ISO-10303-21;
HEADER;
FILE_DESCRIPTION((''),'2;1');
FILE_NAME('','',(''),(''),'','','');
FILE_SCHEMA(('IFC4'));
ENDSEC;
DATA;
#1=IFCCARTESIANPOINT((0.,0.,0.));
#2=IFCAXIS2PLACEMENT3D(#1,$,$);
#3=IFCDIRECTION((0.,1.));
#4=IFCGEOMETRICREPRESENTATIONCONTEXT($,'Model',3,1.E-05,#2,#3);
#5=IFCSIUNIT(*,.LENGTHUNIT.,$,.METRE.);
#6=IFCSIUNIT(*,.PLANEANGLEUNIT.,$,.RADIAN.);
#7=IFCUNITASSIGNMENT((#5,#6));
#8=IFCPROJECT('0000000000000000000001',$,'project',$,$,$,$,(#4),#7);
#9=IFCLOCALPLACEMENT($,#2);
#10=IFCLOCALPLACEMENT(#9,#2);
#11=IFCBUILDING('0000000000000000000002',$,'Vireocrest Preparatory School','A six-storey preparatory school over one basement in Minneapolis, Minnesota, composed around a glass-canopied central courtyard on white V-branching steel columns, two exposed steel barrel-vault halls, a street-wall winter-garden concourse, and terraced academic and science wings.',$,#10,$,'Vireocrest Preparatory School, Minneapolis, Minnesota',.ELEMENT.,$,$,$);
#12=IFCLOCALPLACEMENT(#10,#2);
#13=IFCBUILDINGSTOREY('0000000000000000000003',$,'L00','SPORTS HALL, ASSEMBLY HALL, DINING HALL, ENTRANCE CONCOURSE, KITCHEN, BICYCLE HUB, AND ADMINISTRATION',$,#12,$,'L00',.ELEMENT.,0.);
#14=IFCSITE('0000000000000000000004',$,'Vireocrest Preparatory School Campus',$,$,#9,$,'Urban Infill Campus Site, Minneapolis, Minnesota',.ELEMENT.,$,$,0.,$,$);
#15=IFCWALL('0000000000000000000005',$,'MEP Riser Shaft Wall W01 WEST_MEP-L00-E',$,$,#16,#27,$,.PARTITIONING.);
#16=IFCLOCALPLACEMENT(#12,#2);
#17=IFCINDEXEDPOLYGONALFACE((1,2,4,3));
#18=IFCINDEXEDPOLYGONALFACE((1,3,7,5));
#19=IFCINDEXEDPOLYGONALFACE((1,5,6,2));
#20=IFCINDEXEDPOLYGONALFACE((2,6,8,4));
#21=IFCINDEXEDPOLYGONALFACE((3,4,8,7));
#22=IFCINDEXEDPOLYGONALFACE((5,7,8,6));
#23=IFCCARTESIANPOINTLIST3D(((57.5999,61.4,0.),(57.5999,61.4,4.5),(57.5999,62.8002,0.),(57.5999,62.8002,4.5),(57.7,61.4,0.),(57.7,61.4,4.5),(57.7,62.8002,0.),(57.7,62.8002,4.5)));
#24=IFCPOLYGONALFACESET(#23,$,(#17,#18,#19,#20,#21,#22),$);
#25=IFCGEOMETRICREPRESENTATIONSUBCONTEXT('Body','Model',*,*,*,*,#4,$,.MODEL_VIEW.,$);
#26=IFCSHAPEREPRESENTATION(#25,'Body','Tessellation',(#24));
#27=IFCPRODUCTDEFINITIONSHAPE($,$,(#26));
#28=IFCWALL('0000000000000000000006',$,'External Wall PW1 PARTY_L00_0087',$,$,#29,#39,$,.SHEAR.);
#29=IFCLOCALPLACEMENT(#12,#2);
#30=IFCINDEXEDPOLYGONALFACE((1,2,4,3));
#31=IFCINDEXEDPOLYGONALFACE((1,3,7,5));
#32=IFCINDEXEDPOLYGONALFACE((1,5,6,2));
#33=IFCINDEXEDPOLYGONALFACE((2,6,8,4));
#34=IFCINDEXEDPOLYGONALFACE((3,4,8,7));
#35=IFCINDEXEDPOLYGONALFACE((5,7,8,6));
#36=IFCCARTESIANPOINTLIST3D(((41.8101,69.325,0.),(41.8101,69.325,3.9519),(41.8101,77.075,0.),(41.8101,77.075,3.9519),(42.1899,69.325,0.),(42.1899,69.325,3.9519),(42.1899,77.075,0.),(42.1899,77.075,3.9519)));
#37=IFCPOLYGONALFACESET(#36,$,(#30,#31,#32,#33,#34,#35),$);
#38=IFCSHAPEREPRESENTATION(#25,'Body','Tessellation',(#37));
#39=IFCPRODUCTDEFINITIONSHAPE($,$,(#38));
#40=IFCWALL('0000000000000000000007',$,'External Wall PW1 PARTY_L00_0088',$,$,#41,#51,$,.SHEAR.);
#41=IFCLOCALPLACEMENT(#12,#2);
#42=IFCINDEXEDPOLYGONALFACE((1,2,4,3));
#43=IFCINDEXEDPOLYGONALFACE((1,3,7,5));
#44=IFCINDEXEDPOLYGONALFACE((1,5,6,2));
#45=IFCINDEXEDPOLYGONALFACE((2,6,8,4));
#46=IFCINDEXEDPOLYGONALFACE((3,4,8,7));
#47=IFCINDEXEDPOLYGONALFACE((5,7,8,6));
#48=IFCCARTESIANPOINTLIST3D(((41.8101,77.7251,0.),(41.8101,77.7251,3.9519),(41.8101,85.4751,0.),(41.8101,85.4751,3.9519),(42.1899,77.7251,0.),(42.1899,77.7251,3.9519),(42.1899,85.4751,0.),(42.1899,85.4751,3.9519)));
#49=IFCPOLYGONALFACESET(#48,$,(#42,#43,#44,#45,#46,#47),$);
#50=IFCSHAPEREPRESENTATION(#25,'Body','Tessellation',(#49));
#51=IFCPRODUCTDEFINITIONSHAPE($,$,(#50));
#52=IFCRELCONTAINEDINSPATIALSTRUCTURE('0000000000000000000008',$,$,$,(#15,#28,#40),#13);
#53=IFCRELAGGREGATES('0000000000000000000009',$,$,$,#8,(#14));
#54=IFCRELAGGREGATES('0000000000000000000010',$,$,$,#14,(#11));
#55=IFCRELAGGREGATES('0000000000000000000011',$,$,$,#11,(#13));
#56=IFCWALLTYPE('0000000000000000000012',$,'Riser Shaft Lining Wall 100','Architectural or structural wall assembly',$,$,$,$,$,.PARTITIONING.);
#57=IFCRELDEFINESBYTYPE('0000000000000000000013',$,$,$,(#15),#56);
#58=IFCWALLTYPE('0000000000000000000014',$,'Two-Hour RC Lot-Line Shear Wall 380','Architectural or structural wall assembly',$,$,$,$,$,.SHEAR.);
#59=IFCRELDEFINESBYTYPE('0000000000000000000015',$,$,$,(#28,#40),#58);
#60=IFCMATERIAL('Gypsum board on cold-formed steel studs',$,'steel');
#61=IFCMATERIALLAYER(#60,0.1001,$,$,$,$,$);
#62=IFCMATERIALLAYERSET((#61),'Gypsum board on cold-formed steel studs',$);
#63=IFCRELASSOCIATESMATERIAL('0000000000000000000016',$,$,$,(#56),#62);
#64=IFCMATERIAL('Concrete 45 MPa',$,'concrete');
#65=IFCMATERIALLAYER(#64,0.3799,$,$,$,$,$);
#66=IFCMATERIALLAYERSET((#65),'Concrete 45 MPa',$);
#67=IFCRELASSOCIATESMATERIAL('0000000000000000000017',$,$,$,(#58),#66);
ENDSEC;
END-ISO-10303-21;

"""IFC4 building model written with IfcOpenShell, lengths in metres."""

from ifc_helpers import new_model, si_unit, direction, frame, frame_2d, origin, place, context, subcontext, project, spatial, rectangle, extrude, material, layer, layer_set, type_object, element, save


model = new_model("IFC4")

# Units and contexts
model_context = context("Model", 3, precision=1e-05, world=origin(), true_north=direction((0.0, 1.0)))
body_context = subcontext(model_context, "Body", "Model", "MODEL_VIEW")
ifc_project = project(units=[si_unit("LENGTHUNIT", "METRE"), si_unit("PLANEANGLEUNIT", "RADIAN")], contexts=[model_context])

# Site, building, storey
site_placement = place(None, origin())
site = spatial("IfcSite", under=ifc_project, at=site_placement, Name="Vireocrest Preparatory School Campus", LongName="Urban Infill Campus Site, Minneapolis, Minnesota", CompositionType="ELEMENT", RefElevation=0.0)
building_placement = place(site_placement, origin())
building = spatial("IfcBuilding", under=site, at=building_placement, Name="Vireocrest Preparatory School", Description="A six-storey preparatory school over one basement in Minneapolis, Minnesota, composed around a glass-canopied central courtyard on white V-branching steel columns, two exposed steel barrel-vault halls, a street-wall winter-garden concourse, and terraced academic and science wings.", LongName="Vireocrest Preparatory School, Minneapolis, Minnesota", CompositionType="ELEMENT")
storey_placement = place(building_placement, origin())
storey = spatial("IfcBuildingStorey", under=building, at=storey_placement, Name="L00", Description="SPORTS HALL, ASSEMBLY HALL, DINING HALL, ENTRANCE CONCOURSE, KITCHEN, BICYCLE HUB, AND ADMINISTRATION", LongName="L00", CompositionType="ELEMENT", Elevation=0.0)

# Shared definitions
ifc_material_1 = material(Name="Concrete 45 MPa", Category="concrete")

# Shared definitions
ifc_material_2 = material(Name="Gypsum board on cold-formed steel studs", Category="steel")

# Shared definitions
ifc_layer_1 = layer(ifc_material_2, 0.1001)
ifc_layer_set_1 = layer_set([ifc_layer_1], Name="Gypsum board on cold-formed steel studs")
wall_type_1 = type_object("IfcWallType", Name="Riser Shaft Lining Wall 100", Description="Architectural or structural wall assembly", PredefinedType="PARTITIONING", material=ifc_layer_set_1)

# Walls
wall_1_placement = place(storey_placement, frame((57.6499, 61.3999, 0.0), z_axis=(0.0, 0.0, 1.0), x_axis=(0.0, 1.0, 0.0)))
element("IfcWall", 1, at=wall_1_placement, inside=storey, type_object=wall_type_1, Name="MEP Riser Shaft Wall W01 WEST_MEP-L00-E", PredefinedType="PARTITIONING", context=body_context, shape_type="SweptSolid", body=[
    extrude(rectangle(XDim=1.4001, YDim=0.1001, at=frame_2d((0.7002, 0.0))), origin(), (0.0, 0.0, 1.0), 4.5),
])
ifc_layer_2 = layer(ifc_material_1, 0.3799)
ifc_layer_set_2 = layer_set([ifc_layer_2], Name="Concrete 45 MPa")
wall_type_2 = type_object("IfcWallType", Name="Two-Hour RC Lot-Line Shear Wall 380", Description="Architectural or structural wall assembly", PredefinedType="SHEAR", material=ifc_layer_set_2)
for number, where, z_axis, x_axis, name in (
    (2, (42.0, 69.325, 0.0), (0.0, 0.0, 1.0), (0.0, 1.0, 0.0), "External Wall PW1 PARTY_L00_0087"),
    (3, (42.0, 77.7251, 0.0), (0.0, 0.0, 1.0), (0.0, 1.0, 0.0), "External Wall PW1 PARTY_L00_0088"),
):
    element("IfcWall", number, at=place(storey_placement, frame(where, z_axis=z_axis, x_axis=x_axis)), inside=storey, type_object=wall_type_2, Name=name, PredefinedType="SHEAR", context=body_context, shape_type="SweptSolid", body=[
        extrude(rectangle(XDim=7.75, YDim=0.3799, at=frame_2d((3.875, 0.0))), origin(), (0.0, 0.0, 1.0), 3.9519),
    ])

save(model, "model.ifc")
